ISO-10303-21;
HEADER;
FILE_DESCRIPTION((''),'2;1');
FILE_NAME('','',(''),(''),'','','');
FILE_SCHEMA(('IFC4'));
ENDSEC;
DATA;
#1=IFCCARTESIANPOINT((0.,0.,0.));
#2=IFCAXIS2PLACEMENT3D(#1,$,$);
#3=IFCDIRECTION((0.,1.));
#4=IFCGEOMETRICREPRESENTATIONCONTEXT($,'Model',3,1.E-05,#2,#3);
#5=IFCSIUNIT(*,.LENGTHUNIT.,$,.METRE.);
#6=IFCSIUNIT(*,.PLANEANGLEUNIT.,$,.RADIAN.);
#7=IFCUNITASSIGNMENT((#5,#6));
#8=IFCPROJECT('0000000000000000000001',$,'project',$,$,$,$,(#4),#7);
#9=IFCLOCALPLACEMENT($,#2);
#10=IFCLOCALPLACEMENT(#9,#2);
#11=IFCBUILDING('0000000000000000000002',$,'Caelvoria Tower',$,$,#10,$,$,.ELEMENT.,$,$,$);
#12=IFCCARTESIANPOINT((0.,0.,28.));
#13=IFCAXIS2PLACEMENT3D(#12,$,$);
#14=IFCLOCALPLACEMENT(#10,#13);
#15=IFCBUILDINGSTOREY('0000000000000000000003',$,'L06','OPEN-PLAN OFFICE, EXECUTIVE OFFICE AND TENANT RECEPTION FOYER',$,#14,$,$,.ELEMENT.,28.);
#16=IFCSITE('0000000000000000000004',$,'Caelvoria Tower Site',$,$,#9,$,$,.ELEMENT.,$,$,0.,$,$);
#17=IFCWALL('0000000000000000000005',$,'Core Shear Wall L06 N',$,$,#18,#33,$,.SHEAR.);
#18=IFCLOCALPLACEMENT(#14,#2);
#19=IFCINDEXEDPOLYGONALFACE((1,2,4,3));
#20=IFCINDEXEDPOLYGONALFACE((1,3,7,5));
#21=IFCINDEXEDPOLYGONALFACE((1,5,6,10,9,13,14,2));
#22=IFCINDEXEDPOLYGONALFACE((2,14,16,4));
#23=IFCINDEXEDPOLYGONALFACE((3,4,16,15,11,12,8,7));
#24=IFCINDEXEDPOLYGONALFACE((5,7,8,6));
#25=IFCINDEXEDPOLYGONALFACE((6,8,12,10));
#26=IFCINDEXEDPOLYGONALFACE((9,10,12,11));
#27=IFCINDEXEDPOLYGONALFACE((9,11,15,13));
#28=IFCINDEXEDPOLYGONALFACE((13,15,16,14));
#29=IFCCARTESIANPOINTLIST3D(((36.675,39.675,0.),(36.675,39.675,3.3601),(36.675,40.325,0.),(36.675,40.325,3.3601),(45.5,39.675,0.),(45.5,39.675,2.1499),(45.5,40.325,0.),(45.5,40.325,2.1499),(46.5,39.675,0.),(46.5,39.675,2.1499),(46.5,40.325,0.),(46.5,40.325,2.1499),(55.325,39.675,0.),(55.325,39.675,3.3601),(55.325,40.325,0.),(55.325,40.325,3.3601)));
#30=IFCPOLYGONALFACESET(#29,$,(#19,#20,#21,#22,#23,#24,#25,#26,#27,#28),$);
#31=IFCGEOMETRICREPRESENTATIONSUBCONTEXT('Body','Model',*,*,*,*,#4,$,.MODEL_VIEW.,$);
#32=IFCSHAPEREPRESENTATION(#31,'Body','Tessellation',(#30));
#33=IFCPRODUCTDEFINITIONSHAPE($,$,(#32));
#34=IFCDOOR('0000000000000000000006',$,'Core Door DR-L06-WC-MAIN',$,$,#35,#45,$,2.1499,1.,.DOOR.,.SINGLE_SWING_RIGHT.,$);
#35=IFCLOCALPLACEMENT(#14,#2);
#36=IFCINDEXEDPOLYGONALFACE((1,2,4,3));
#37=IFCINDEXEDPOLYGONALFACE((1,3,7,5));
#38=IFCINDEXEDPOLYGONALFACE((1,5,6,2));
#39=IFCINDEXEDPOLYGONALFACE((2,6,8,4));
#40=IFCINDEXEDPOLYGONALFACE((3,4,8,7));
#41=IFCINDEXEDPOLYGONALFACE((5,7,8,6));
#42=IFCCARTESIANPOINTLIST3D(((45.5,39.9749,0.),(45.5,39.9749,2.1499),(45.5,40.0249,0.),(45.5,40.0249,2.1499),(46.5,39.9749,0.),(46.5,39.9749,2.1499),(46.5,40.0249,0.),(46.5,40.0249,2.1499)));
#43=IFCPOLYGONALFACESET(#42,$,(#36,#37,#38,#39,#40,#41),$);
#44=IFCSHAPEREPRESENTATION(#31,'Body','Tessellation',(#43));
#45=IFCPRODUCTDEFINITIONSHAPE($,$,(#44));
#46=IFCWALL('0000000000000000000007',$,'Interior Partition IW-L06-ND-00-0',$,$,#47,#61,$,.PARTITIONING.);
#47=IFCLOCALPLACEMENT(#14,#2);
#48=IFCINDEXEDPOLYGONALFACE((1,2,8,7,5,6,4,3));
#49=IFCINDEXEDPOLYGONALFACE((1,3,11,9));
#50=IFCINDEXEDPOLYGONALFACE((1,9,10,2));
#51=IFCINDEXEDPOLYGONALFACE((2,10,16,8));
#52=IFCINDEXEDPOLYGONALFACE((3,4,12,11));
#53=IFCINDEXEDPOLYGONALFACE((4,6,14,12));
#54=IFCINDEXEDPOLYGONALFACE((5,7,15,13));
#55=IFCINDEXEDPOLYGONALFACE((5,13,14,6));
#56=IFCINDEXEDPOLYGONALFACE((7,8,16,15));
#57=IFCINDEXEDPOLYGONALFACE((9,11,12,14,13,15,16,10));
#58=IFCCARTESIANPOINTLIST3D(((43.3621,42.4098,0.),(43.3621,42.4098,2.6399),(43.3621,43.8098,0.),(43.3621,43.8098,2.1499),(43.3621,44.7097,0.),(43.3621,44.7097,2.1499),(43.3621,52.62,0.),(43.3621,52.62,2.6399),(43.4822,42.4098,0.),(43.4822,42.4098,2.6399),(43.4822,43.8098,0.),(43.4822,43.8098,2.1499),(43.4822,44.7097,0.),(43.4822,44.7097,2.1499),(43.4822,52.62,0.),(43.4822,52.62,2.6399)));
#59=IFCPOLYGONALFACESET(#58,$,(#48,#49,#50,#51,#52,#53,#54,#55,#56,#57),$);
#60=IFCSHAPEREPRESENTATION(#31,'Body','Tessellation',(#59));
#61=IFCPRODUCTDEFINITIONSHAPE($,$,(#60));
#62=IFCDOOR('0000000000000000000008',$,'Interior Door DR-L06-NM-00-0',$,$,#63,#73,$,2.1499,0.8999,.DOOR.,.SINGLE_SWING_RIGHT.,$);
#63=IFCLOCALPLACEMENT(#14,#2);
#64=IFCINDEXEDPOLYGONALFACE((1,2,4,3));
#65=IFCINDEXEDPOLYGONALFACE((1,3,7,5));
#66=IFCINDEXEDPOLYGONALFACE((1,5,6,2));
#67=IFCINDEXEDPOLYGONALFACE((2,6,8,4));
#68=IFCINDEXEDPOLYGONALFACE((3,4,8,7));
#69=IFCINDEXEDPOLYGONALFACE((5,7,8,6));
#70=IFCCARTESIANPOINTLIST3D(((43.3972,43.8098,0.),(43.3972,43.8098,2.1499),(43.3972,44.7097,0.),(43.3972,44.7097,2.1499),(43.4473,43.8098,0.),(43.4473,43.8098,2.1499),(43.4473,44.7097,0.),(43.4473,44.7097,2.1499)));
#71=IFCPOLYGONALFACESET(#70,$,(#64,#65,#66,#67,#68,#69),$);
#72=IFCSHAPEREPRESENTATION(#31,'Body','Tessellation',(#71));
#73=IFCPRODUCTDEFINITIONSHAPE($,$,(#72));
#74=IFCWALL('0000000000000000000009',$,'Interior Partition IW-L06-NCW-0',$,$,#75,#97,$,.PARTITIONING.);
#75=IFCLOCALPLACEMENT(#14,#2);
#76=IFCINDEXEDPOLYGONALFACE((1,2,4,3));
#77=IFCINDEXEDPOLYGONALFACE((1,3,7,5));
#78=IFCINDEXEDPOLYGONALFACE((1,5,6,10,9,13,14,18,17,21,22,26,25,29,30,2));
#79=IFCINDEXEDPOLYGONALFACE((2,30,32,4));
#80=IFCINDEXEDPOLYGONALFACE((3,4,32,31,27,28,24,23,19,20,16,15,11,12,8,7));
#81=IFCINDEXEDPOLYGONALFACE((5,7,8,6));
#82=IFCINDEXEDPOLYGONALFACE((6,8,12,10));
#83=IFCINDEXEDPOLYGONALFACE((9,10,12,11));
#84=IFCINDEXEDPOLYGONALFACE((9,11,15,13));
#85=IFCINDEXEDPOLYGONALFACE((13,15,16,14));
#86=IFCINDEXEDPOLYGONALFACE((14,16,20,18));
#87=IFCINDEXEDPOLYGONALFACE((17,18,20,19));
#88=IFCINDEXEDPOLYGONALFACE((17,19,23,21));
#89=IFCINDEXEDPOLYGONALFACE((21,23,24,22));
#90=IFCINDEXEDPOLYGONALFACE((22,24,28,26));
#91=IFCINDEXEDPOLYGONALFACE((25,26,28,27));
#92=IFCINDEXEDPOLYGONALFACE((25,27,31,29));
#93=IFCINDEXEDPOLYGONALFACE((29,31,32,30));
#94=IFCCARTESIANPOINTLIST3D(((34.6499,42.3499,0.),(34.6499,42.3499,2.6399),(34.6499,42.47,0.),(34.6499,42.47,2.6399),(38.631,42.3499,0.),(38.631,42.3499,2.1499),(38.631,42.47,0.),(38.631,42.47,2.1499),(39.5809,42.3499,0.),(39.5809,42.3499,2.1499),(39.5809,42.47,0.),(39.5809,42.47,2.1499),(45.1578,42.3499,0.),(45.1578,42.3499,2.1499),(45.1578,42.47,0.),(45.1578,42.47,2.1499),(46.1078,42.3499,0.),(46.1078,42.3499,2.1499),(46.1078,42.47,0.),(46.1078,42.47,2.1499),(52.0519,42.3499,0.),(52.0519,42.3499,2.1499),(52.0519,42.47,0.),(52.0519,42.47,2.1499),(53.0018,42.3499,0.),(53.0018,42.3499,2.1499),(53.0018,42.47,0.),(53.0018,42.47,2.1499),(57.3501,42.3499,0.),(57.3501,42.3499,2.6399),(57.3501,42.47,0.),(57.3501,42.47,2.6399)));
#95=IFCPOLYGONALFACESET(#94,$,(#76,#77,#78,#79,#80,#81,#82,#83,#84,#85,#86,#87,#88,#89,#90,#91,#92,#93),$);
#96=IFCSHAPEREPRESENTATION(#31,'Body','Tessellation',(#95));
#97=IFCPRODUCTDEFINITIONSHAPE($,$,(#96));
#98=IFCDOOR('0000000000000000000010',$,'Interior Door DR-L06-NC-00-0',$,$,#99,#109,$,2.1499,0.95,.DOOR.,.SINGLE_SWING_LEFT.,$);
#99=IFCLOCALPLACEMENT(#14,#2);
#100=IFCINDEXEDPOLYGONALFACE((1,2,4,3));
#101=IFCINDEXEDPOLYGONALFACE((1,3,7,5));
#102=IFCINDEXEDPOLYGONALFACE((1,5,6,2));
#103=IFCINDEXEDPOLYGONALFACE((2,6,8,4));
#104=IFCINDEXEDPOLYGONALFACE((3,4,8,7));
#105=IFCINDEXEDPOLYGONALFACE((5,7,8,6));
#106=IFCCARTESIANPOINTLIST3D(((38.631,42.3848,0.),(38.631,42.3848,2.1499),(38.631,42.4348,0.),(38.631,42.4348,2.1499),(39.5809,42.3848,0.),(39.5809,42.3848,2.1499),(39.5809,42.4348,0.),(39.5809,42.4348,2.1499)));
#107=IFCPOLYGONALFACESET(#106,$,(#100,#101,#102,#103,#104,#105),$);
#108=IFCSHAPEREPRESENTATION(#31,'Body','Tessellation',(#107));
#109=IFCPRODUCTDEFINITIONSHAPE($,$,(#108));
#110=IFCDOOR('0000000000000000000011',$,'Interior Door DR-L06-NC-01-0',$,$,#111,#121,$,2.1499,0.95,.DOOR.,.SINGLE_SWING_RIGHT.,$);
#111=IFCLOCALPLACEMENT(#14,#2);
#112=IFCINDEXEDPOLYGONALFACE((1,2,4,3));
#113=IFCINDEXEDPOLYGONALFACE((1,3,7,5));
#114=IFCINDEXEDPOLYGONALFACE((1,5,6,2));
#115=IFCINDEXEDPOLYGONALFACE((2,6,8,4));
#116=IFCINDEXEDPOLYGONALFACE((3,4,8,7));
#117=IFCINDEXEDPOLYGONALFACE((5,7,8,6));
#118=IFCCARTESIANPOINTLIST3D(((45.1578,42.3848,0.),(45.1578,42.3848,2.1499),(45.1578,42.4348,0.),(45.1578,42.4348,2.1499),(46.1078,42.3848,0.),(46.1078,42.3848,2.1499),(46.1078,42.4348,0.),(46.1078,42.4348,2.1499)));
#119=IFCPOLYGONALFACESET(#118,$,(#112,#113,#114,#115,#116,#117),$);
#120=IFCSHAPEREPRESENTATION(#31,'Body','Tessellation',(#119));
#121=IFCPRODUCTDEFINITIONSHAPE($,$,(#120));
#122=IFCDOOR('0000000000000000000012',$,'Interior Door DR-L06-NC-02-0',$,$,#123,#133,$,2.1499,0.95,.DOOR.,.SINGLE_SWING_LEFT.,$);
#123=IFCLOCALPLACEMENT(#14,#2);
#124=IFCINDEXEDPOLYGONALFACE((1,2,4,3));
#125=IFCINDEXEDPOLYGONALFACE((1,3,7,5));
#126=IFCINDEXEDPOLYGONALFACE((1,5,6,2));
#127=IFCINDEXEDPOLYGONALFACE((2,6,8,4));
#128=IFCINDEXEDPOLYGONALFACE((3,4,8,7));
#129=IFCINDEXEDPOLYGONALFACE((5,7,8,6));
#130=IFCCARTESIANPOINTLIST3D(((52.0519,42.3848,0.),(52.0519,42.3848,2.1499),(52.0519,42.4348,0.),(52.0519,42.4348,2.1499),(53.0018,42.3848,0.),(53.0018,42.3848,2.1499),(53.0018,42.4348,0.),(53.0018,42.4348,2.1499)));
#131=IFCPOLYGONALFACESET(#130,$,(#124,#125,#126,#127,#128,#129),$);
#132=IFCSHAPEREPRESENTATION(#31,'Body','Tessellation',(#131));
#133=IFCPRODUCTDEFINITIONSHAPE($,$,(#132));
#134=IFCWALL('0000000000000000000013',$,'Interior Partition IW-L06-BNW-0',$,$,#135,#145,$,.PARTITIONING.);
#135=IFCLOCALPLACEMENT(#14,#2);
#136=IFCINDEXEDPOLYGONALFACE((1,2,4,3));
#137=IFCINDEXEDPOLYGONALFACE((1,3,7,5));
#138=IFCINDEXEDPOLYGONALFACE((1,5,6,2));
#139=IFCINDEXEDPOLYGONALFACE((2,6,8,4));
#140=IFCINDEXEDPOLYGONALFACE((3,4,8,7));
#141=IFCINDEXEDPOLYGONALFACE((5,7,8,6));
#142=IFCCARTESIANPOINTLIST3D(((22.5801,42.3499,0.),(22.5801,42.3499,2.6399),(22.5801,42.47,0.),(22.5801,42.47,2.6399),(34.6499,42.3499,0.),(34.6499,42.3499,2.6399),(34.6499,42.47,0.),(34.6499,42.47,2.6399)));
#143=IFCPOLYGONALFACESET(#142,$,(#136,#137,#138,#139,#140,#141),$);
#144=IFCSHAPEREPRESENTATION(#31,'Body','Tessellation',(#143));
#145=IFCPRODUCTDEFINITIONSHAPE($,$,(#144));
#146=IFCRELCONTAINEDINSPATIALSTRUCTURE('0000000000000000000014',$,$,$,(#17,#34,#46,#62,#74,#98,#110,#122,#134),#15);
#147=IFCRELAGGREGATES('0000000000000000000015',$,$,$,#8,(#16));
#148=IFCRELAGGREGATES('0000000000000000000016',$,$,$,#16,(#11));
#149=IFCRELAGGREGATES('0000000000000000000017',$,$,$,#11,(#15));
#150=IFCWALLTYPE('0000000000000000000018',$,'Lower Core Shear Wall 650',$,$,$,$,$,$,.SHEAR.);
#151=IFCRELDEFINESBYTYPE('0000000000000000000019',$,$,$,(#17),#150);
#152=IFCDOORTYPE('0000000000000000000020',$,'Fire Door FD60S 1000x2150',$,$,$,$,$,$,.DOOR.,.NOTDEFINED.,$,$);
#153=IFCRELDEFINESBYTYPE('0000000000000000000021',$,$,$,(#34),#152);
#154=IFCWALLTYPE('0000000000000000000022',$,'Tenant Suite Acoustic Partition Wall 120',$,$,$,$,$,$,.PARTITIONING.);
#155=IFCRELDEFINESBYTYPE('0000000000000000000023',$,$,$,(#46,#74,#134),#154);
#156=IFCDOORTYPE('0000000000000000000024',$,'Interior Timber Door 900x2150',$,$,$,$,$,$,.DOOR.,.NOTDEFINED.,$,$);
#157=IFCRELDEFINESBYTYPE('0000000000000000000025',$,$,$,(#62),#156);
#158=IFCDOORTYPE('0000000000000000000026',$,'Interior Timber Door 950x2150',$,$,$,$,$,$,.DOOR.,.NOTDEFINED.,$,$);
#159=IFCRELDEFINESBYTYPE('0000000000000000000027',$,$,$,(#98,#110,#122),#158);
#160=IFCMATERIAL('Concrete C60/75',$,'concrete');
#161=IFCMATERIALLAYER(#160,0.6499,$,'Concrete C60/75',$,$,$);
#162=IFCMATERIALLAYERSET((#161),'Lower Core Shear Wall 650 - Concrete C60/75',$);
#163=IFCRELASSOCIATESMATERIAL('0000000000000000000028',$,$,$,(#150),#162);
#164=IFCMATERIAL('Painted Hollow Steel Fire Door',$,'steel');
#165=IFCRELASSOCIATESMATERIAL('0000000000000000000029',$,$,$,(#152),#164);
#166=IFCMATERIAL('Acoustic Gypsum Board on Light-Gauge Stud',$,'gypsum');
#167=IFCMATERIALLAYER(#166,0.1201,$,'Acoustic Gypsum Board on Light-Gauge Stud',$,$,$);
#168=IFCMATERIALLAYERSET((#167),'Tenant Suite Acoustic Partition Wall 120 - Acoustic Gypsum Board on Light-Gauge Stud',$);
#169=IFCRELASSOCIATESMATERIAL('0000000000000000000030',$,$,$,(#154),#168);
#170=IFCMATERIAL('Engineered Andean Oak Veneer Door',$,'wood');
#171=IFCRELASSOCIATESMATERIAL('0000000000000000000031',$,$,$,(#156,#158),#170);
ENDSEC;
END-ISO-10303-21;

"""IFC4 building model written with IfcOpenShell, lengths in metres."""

from ifc_helpers import new_model, si_unit, direction, frame, frame_2d, origin, place, context, subcontext, project, spatial, rectangle, extrude, material, layer, layer_set, type_object, element, fill, save


model = new_model("IFC4")

# Units and contexts
model_context = context("Model", 3, precision=1e-05, world=origin(), true_north=direction((0.0, 1.0)))
body_context = subcontext(model_context, "Body", "Model", "MODEL_VIEW")
ifc_project = project(units=[si_unit("LENGTHUNIT", "METRE"), si_unit("PLANEANGLEUNIT", "RADIAN")], contexts=[model_context])

# Site, building, storey
site_placement = place(None, origin())
site = spatial("IfcSite", under=ifc_project, at=site_placement, Name="Caelvoria Tower Site", CompositionType="ELEMENT", RefElevation=0.0)
building_placement = place(site_placement, origin())
building = spatial("IfcBuilding", under=site, at=building_placement, Name="Caelvoria Tower", CompositionType="ELEMENT")
storey_placement = place(building_placement, frame((0.0, 0.0, 28.0)))
storey = spatial("IfcBuildingStorey", under=building, at=storey_placement, Name="L06", Description="OPEN-PLAN OFFICE, EXECUTIVE OFFICE AND TENANT RECEPTION FOYER", CompositionType="ELEMENT", Elevation=28.0)

# Walls, openings, doors
ifc_material_1 = material(Name="Concrete C60/75", Category="concrete")
ifc_layer_1 = layer(ifc_material_1, 0.6499, Name="Concrete C60/75")
ifc_layer_set_1 = layer_set([ifc_layer_1], Name="Lower Core Shear Wall 650 - Concrete C60/75")
wall_type_1 = type_object("IfcWallType", Name="Lower Core Shear Wall 650", PredefinedType="SHEAR", material=ifc_layer_set_1)
wall_1_placement = place(storey_placement, frame((36.675, 40.0, 0.0), z_axis=(0.0, 0.0, 1.0), x_axis=(1.0, 0.0, 0.0)))
wall_1 = element("IfcWall", 1, at=wall_1_placement, inside=storey, type_object=wall_type_1, Name="Core Shear Wall L06 N", PredefinedType="SHEAR", context=body_context, shape_type="SweptSolid", body=[
    extrude(rectangle(XDim=18.6499, YDim=0.6499, at=frame_2d((9.325, 0.0))), origin(), (0.0, 0.0, 1.0), 3.3601),
])
opening_1_placement = place(wall_1_placement, frame((8.825, 0.0, 0.0)))
opening_1 = element("IfcOpeningElement", 2, at=opening_1_placement, cuts=wall_1, PredefinedType="OPENING", context=body_context, shape_type="SweptSolid", body=[
    extrude(rectangle(XDim=1.0, YDim=2.1499, at=frame_2d((0.5, 1.075))), frame((0.0, 0.335, 0.0), z_axis=(0.0, -1.0, 0.0), x_axis=(1.0, 0.0, 0.0)), (0.0, 0.0, 1.0), 0.6699),
])
ifc_material_2 = material(Name="Painted Hollow Steel Fire Door", Category="steel")
door_type_1 = type_object("IfcDoorType", Name="Fire Door FD60S 1000x2150", OperationType="NOTDEFINED", PredefinedType="DOOR", material=ifc_material_2)
door_1_placement = place(opening_1_placement, origin())
door_1 = element("IfcDoor", 3, at=door_1_placement, inside=storey, type_object=door_type_1, Name="Core Door DR-L06-WC-MAIN", OperationType="SINGLE_SWING_RIGHT", OverallHeight=2.1499, OverallWidth=1.0, PredefinedType="DOOR", context=body_context, shape_type="SweptSolid", body=[
    extrude(rectangle(XDim=1.0, YDim=2.1499, at=frame_2d((0.5, 1.075))), frame((0.0, 0.0249, 0.0), z_axis=(0.0, -1.0, 0.0), x_axis=(1.0, 0.0, 0.0)), (0.0, 0.0, 1.0), 0.05),
])
fill(opening_1, door_1)
ifc_material_3 = material(Name="Acoustic Gypsum Board on Light-Gauge Stud", Category="gypsum")
ifc_layer_2 = layer(ifc_material_3, 0.1201, Name="Acoustic Gypsum Board on Light-Gauge Stud")
ifc_layer_set_2 = layer_set([ifc_layer_2], Name="Tenant Suite Acoustic Partition Wall 120 - Acoustic Gypsum Board on Light-Gauge Stud")
wall_type_2 = type_object("IfcWallType", Name="Tenant Suite Acoustic Partition Wall 120", PredefinedType="PARTITIONING", material=ifc_layer_set_2)
wall_2_placement = place(storey_placement, frame((43.4221, 42.4099, 0.0), z_axis=(0.0, 0.0, 1.0), x_axis=(0.0, 1.0, 0.0)))
wall_2 = element("IfcWall", 4, at=wall_2_placement, inside=storey, type_object=wall_type_2, Name="Interior Partition IW-L06-ND-00-0", PredefinedType="PARTITIONING", context=body_context, shape_type="SweptSolid", body=[
    extrude(rectangle(XDim=10.2102, YDim=0.1201, at=frame_2d((5.105, 0.0))), origin(), (0.0, 0.0, 1.0), 2.6399),
])
opening_2_placement = place(wall_2_placement, frame((1.3999, 0.0, 0.0)))
opening_2 = element("IfcOpeningElement", 5, at=opening_2_placement, cuts=wall_2, PredefinedType="OPENING", context=body_context, shape_type="SweptSolid", body=[
    extrude(rectangle(XDim=0.8999, YDim=2.1499, at=frame_2d((0.45, 1.075))), frame((0.0, 0.0701, 0.0), z_axis=(0.0, -1.0, 0.0), x_axis=(1.0, 0.0, 0.0)), (0.0, 0.0, 1.0), 0.1401),
])
ifc_material_4 = material(Name="Engineered Andean Oak Veneer Door", Category="wood")
door_type_2 = type_object("IfcDoorType", Name="Interior Timber Door 900x2150", OperationType="NOTDEFINED", PredefinedType="DOOR", material=ifc_material_4)
door_2_placement = place(opening_2_placement, origin())
door_2 = element("IfcDoor", 6, at=door_2_placement, inside=storey, type_object=door_type_2, Name="Interior Door DR-L06-NM-00-0", OperationType="SINGLE_SWING_RIGHT", OverallHeight=2.1499, OverallWidth=0.8999, PredefinedType="DOOR", context=body_context, shape_type="SweptSolid", body=[
    extrude(rectangle(XDim=0.8999, YDim=2.1499, at=frame_2d((0.45, 1.075))), frame((0.0, 0.0249, 0.0), z_axis=(0.0, -1.0, 0.0), x_axis=(1.0, 0.0, 0.0)), (0.0, 0.0, 1.0), 0.05),
])
fill(opening_2, door_2)

# Wall, openings, doors
wall_3_placement = place(storey_placement, frame((34.6499, 42.4099, 0.0), z_axis=(0.0, 0.0, 1.0), x_axis=(1.0, 0.0, 0.0)))
wall_3 = element("IfcWall", 7, at=wall_3_placement, inside=storey, type_object=wall_type_2, Name="Interior Partition IW-L06-NCW-0", PredefinedType="PARTITIONING", context=body_context, shape_type="SweptSolid", body=[
    extrude(rectangle(XDim=22.7002, YDim=0.1201, at=frame_2d((11.3501, 0.0))), origin(), (0.0, 0.0, 1.0), 2.6399),
])
opening_3_placement = place(wall_3_placement, frame((3.981, 0.0, 0.0)))
opening_3 = element("IfcOpeningElement", 8, at=opening_3_placement, cuts=wall_3, PredefinedType="OPENING", context=body_context, shape_type="SweptSolid", body=[
    extrude(rectangle(XDim=0.95, YDim=2.1499, at=frame_2d((0.4751, 1.075))), frame((0.0, 0.0701, 0.0), z_axis=(0.0, -1.0, 0.0), x_axis=(1.0, 0.0, 0.0)), (0.0, 0.0, 1.0), 0.1401),
])
opening_4_placement = place(wall_3_placement, frame((10.5078, 0.0, 0.0)))
opening_4 = element("IfcOpeningElement", 9, at=opening_4_placement, cuts=wall_3, PredefinedType="OPENING", context=body_context, shape_type="SweptSolid", body=[
    extrude(rectangle(XDim=0.95, YDim=2.1499, at=frame_2d((0.4751, 1.075))), frame((0.0, 0.0701, 0.0), z_axis=(0.0, -1.0, 0.0), x_axis=(1.0, 0.0, 0.0)), (0.0, 0.0, 1.0), 0.1401),
])
opening_5_placement = place(wall_3_placement, frame((17.4019, 0.0, 0.0)))
opening_5 = element("IfcOpeningElement", 10, at=opening_5_placement, cuts=wall_3, PredefinedType="OPENING", context=body_context, shape_type="SweptSolid", body=[
    extrude(rectangle(XDim=0.95, YDim=2.1499, at=frame_2d((0.4751, 1.075))), frame((0.0, 0.0701, 0.0), z_axis=(0.0, -1.0, 0.0), x_axis=(1.0, 0.0, 0.0)), (0.0, 0.0, 1.0), 0.1401),
])
door_type_3 = type_object("IfcDoorType", Name="Interior Timber Door 950x2150", OperationType="NOTDEFINED", PredefinedType="DOOR", material=ifc_material_4)
door_3_placement = place(opening_3_placement, origin())
door_3 = element("IfcDoor", 11, at=door_3_placement, inside=storey, type_object=door_type_3, Name="Interior Door DR-L06-NC-00-0", OperationType="SINGLE_SWING_LEFT", OverallHeight=2.1499, OverallWidth=0.95, PredefinedType="DOOR", context=body_context, shape_type="SweptSolid", body=[
    extrude(rectangle(XDim=0.95, YDim=2.1499, at=frame_2d((0.4751, 1.075))), frame((0.0, 0.0249, 0.0), z_axis=(0.0, -1.0, 0.0), x_axis=(1.0, 0.0, 0.0)), (0.0, 0.0, 1.0), 0.05),
])
fill(opening_3, door_3)
door_4_placement = place(opening_4_placement, origin())
door_4 = element("IfcDoor", 12, at=door_4_placement, inside=storey, type_object=door_type_3, Name="Interior Door DR-L06-NC-01-0", OperationType="SINGLE_SWING_RIGHT", OverallHeight=2.1499, OverallWidth=0.95, PredefinedType="DOOR", context=body_context, shape_type="SweptSolid", body=[
    extrude(rectangle(XDim=0.95, YDim=2.1499, at=frame_2d((0.4751, 1.075))), frame((0.0, 0.0249, 0.0), z_axis=(0.0, -1.0, 0.0), x_axis=(1.0, 0.0, 0.0)), (0.0, 0.0, 1.0), 0.05),
])
fill(opening_4, door_4)
door_5_placement = place(opening_5_placement, origin())
door_5 = element("IfcDoor", 13, at=door_5_placement, inside=storey, type_object=door_type_3, Name="Interior Door DR-L06-NC-02-0", OperationType="SINGLE_SWING_LEFT", OverallHeight=2.1499, OverallWidth=0.95, PredefinedType="DOOR", context=body_context, shape_type="SweptSolid", body=[
    extrude(rectangle(XDim=0.95, YDim=2.1499, at=frame_2d((0.4751, 1.075))), frame((0.0, 0.0249, 0.0), z_axis=(0.0, -1.0, 0.0), x_axis=(1.0, 0.0, 0.0)), (0.0, 0.0, 1.0), 0.05),
])
fill(opening_5, door_5)

# Wall
wall_4_placement = place(storey_placement, frame((34.6499, 42.4099, 0.0), z_axis=(0.0, 0.0, 1.0), x_axis=(-1.0, 0.0, 0.0)))
element("IfcWall", 14, at=wall_4_placement, inside=storey, type_object=wall_type_2, Name="Interior Partition IW-L06-BNW-0", PredefinedType="PARTITIONING", context=body_context, shape_type="SweptSolid", body=[
    extrude(rectangle(XDim=12.0698, YDim=0.1201, at=frame_2d((6.0349, 0.0))), origin(), (0.0, 0.0, 1.0), 2.6399),
])

save(model, "model.ifc")
